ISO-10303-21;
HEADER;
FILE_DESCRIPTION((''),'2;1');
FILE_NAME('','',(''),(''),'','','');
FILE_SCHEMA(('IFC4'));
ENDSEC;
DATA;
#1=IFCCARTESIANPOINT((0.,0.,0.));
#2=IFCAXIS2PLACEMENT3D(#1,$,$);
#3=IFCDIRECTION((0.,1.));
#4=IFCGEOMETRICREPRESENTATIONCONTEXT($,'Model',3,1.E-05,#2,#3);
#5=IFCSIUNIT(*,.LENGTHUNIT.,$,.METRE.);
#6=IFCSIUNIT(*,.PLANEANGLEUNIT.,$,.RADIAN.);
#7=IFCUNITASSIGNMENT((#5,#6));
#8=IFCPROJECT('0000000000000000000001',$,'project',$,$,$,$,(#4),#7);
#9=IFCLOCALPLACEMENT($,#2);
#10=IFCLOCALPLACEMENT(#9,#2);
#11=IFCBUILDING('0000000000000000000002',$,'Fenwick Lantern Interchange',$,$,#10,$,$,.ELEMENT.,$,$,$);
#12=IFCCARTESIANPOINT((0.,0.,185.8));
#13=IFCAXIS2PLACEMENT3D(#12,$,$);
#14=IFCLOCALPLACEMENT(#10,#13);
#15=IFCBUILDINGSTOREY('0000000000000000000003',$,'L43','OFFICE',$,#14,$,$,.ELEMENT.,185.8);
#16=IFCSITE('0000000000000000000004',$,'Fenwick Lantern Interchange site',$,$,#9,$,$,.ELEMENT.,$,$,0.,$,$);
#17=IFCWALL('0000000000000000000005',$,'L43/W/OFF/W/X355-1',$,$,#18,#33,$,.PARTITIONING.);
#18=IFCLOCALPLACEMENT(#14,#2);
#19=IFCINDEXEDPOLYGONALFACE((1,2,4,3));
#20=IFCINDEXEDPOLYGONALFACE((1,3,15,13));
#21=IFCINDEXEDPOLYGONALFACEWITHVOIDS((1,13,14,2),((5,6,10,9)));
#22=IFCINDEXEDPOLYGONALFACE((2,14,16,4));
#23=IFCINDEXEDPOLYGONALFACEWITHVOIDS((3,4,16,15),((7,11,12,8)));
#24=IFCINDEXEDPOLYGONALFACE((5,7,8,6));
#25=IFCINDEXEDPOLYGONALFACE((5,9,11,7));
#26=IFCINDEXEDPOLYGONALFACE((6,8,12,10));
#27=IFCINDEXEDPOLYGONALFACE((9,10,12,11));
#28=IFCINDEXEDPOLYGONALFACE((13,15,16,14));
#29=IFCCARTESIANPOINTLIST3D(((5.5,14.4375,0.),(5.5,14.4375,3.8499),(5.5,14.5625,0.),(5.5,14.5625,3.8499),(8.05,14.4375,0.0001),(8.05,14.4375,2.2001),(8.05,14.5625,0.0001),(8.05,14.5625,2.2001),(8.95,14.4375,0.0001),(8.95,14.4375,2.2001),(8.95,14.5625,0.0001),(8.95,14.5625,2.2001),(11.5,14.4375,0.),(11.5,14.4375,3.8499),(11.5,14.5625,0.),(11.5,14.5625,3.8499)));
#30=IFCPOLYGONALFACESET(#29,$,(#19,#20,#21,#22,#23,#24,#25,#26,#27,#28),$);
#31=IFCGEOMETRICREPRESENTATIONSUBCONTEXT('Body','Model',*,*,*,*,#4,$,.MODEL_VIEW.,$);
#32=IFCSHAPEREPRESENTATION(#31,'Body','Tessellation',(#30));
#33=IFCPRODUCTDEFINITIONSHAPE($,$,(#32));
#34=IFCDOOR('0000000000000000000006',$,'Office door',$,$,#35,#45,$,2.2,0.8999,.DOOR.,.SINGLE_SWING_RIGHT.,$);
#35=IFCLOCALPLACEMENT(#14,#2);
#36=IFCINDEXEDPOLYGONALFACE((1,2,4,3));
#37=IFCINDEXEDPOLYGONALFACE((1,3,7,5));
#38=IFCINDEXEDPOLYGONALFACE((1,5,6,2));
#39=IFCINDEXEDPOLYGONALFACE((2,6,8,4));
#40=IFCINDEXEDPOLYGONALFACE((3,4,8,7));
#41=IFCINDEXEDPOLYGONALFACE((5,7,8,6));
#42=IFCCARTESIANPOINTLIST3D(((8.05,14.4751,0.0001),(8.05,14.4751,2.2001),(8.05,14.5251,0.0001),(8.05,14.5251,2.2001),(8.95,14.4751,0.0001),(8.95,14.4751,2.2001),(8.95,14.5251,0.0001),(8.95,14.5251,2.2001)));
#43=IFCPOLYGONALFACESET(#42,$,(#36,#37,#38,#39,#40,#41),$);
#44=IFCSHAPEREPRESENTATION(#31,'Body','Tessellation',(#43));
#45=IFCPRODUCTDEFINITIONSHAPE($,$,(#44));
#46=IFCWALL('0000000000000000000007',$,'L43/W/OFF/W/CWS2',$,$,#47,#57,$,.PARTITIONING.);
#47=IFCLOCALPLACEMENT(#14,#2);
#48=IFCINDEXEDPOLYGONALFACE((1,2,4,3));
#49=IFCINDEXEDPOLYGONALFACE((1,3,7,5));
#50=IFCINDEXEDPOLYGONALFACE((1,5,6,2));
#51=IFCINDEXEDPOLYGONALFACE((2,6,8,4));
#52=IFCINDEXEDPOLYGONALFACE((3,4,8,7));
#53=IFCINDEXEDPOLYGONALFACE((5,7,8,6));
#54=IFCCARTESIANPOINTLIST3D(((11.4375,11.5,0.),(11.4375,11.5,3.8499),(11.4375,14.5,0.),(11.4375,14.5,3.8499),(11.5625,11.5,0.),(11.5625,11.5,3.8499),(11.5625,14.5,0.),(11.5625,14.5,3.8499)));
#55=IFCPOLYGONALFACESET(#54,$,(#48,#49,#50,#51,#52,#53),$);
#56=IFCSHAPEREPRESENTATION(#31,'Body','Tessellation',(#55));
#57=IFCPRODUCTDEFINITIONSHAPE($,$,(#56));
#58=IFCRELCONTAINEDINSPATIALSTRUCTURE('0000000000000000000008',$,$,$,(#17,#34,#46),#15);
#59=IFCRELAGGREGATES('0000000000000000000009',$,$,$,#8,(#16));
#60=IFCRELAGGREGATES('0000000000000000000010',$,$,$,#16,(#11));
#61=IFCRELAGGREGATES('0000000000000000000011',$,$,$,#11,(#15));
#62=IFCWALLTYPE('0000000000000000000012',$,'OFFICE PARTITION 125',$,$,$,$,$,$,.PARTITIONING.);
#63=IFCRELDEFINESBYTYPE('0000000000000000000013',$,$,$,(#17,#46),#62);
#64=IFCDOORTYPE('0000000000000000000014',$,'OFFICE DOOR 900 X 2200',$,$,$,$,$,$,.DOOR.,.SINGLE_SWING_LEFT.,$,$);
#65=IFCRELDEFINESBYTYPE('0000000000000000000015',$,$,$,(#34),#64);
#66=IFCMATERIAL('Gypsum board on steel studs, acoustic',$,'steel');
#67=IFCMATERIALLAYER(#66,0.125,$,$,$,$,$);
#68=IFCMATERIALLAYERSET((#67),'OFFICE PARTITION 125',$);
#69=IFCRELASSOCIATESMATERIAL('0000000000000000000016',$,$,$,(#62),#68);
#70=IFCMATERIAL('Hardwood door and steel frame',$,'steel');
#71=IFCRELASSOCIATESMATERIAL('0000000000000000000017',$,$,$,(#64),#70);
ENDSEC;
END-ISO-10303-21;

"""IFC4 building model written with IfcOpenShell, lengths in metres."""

from ifc_helpers import new_model, si_unit, direction, frame, frame_2d, origin, place, context, subcontext, project, spatial, rectangle, extrude, material, layer, layer_set, type_object, element, fill, save


model = new_model("IFC4")

# Units and contexts
model_context = context("Model", 3, precision=1e-05, world=origin(), true_north=direction((0.0, 1.0)))
body_context = subcontext(model_context, "Body", "Model", "MODEL_VIEW")
ifc_project = project(units=[si_unit("LENGTHUNIT", "METRE"), si_unit("PLANEANGLEUNIT", "RADIAN")], contexts=[model_context])

# Site, building, storey
site_placement = place(None, origin())
site = spatial("IfcSite", under=ifc_project, at=site_placement, Name="Fenwick Lantern Interchange site", CompositionType="ELEMENT", RefElevation=0.0)
building_placement = place(site_placement, origin())
building = spatial("IfcBuilding", under=site, at=building_placement, Name="Fenwick Lantern Interchange", CompositionType="ELEMENT")
storey_placement = place(building_placement, frame((0.0, 0.0, 185.8)))
storey = spatial("IfcBuildingStorey", under=building, at=storey_placement, Name="L43", Description="OFFICE", CompositionType="ELEMENT", Elevation=185.8)

# Shared definitions
ifc_material_1 = material(Name="Hardwood door and steel frame", Category="steel")

# Shared definitions
ifc_material_2 = material(Name="Gypsum board on steel studs, acoustic", Category="steel")
ifc_layer_1 = layer(ifc_material_2, 0.125)
ifc_layer_set_1 = layer_set([ifc_layer_1], Name="OFFICE PARTITION 125")
wall_type_1 = type_object("IfcWallType", Name="OFFICE PARTITION 125", PredefinedType="PARTITIONING", material=ifc_layer_set_1)

# Wall, opening, door
wall_1_placement = place(storey_placement, frame((5.5, 14.5, 0.0), z_axis=(0.0, 0.0, 1.0), x_axis=(1.0, 0.0, 0.0)))
wall_1 = element("IfcWall", 1, at=wall_1_placement, inside=storey, type_object=wall_type_1, Name="L43/W/OFF/W/X355-1", PredefinedType="PARTITIONING", context=body_context, shape_type="SweptSolid", body=[
    extrude(rectangle(XDim=6.0, YDim=0.125, at=frame_2d((3.0, 0.0))), origin(), (0.0, 0.0, 1.0), 3.8499),
])
opening_1_placement = place(wall_1_placement, frame((2.55, 0.0, 0.0)))
opening_1 = element("IfcOpeningElement", 2, at=opening_1_placement, cuts=wall_1, PredefinedType="OPENING", context=body_context, shape_type="SweptSolid", body=[
    extrude(rectangle(XDim=0.8999, YDim=2.2, at=frame_2d((0.45, 1.1001))), frame((0.0, 0.0725, 0.0), z_axis=(0.0, -1.0, 0.0), x_axis=(1.0, 0.0, 0.0)), (0.0, 0.0, 1.0), 0.145),
])
door_type_1 = type_object("IfcDoorType", Name="OFFICE DOOR 900 X 2200", OperationType="SINGLE_SWING_LEFT", PredefinedType="DOOR", material=ifc_material_1)
door_1_placement = place(opening_1_placement, frame((0.8999, 0.0, 0.0), z_axis=(0.0, 0.0, 1.0), x_axis=(-1.0, 0.0, 0.0)))
door_1 = element("IfcDoor", 3, at=door_1_placement, inside=storey, type_object=door_type_1, Name="Office door", OperationType="SINGLE_SWING_RIGHT", OverallHeight=2.2, OverallWidth=0.8999, PredefinedType="DOOR", context=body_context, shape_type="SweptSolid", body=[
    extrude(rectangle(XDim=0.8999, YDim=2.2, at=frame_2d((0.45, 1.1001))), frame((0.0, 0.0249, 0.0), z_axis=(0.0, -1.0, 0.0), x_axis=(1.0, 0.0, 0.0)), (0.0, 0.0, 1.0), 0.05),
])
fill(opening_1, door_1)

# Wall
wall_2_placement = place(storey_placement, frame((11.5, 14.5, 0.0), z_axis=(0.0, 0.0, 1.0), x_axis=(0.0, -1.0, 0.0)))
element("IfcWall", 4, at=wall_2_placement, inside=storey, type_object=wall_type_1, Name="L43/W/OFF/W/CWS2", PredefinedType="PARTITIONING", context=body_context, shape_type="SweptSolid", body=[
    extrude(rectangle(XDim=3.0, YDim=0.125, at=frame_2d((1.5, 0.0))), origin(), (0.0, 0.0, 1.0), 3.8499),
])

save(model, "model.ifc")
